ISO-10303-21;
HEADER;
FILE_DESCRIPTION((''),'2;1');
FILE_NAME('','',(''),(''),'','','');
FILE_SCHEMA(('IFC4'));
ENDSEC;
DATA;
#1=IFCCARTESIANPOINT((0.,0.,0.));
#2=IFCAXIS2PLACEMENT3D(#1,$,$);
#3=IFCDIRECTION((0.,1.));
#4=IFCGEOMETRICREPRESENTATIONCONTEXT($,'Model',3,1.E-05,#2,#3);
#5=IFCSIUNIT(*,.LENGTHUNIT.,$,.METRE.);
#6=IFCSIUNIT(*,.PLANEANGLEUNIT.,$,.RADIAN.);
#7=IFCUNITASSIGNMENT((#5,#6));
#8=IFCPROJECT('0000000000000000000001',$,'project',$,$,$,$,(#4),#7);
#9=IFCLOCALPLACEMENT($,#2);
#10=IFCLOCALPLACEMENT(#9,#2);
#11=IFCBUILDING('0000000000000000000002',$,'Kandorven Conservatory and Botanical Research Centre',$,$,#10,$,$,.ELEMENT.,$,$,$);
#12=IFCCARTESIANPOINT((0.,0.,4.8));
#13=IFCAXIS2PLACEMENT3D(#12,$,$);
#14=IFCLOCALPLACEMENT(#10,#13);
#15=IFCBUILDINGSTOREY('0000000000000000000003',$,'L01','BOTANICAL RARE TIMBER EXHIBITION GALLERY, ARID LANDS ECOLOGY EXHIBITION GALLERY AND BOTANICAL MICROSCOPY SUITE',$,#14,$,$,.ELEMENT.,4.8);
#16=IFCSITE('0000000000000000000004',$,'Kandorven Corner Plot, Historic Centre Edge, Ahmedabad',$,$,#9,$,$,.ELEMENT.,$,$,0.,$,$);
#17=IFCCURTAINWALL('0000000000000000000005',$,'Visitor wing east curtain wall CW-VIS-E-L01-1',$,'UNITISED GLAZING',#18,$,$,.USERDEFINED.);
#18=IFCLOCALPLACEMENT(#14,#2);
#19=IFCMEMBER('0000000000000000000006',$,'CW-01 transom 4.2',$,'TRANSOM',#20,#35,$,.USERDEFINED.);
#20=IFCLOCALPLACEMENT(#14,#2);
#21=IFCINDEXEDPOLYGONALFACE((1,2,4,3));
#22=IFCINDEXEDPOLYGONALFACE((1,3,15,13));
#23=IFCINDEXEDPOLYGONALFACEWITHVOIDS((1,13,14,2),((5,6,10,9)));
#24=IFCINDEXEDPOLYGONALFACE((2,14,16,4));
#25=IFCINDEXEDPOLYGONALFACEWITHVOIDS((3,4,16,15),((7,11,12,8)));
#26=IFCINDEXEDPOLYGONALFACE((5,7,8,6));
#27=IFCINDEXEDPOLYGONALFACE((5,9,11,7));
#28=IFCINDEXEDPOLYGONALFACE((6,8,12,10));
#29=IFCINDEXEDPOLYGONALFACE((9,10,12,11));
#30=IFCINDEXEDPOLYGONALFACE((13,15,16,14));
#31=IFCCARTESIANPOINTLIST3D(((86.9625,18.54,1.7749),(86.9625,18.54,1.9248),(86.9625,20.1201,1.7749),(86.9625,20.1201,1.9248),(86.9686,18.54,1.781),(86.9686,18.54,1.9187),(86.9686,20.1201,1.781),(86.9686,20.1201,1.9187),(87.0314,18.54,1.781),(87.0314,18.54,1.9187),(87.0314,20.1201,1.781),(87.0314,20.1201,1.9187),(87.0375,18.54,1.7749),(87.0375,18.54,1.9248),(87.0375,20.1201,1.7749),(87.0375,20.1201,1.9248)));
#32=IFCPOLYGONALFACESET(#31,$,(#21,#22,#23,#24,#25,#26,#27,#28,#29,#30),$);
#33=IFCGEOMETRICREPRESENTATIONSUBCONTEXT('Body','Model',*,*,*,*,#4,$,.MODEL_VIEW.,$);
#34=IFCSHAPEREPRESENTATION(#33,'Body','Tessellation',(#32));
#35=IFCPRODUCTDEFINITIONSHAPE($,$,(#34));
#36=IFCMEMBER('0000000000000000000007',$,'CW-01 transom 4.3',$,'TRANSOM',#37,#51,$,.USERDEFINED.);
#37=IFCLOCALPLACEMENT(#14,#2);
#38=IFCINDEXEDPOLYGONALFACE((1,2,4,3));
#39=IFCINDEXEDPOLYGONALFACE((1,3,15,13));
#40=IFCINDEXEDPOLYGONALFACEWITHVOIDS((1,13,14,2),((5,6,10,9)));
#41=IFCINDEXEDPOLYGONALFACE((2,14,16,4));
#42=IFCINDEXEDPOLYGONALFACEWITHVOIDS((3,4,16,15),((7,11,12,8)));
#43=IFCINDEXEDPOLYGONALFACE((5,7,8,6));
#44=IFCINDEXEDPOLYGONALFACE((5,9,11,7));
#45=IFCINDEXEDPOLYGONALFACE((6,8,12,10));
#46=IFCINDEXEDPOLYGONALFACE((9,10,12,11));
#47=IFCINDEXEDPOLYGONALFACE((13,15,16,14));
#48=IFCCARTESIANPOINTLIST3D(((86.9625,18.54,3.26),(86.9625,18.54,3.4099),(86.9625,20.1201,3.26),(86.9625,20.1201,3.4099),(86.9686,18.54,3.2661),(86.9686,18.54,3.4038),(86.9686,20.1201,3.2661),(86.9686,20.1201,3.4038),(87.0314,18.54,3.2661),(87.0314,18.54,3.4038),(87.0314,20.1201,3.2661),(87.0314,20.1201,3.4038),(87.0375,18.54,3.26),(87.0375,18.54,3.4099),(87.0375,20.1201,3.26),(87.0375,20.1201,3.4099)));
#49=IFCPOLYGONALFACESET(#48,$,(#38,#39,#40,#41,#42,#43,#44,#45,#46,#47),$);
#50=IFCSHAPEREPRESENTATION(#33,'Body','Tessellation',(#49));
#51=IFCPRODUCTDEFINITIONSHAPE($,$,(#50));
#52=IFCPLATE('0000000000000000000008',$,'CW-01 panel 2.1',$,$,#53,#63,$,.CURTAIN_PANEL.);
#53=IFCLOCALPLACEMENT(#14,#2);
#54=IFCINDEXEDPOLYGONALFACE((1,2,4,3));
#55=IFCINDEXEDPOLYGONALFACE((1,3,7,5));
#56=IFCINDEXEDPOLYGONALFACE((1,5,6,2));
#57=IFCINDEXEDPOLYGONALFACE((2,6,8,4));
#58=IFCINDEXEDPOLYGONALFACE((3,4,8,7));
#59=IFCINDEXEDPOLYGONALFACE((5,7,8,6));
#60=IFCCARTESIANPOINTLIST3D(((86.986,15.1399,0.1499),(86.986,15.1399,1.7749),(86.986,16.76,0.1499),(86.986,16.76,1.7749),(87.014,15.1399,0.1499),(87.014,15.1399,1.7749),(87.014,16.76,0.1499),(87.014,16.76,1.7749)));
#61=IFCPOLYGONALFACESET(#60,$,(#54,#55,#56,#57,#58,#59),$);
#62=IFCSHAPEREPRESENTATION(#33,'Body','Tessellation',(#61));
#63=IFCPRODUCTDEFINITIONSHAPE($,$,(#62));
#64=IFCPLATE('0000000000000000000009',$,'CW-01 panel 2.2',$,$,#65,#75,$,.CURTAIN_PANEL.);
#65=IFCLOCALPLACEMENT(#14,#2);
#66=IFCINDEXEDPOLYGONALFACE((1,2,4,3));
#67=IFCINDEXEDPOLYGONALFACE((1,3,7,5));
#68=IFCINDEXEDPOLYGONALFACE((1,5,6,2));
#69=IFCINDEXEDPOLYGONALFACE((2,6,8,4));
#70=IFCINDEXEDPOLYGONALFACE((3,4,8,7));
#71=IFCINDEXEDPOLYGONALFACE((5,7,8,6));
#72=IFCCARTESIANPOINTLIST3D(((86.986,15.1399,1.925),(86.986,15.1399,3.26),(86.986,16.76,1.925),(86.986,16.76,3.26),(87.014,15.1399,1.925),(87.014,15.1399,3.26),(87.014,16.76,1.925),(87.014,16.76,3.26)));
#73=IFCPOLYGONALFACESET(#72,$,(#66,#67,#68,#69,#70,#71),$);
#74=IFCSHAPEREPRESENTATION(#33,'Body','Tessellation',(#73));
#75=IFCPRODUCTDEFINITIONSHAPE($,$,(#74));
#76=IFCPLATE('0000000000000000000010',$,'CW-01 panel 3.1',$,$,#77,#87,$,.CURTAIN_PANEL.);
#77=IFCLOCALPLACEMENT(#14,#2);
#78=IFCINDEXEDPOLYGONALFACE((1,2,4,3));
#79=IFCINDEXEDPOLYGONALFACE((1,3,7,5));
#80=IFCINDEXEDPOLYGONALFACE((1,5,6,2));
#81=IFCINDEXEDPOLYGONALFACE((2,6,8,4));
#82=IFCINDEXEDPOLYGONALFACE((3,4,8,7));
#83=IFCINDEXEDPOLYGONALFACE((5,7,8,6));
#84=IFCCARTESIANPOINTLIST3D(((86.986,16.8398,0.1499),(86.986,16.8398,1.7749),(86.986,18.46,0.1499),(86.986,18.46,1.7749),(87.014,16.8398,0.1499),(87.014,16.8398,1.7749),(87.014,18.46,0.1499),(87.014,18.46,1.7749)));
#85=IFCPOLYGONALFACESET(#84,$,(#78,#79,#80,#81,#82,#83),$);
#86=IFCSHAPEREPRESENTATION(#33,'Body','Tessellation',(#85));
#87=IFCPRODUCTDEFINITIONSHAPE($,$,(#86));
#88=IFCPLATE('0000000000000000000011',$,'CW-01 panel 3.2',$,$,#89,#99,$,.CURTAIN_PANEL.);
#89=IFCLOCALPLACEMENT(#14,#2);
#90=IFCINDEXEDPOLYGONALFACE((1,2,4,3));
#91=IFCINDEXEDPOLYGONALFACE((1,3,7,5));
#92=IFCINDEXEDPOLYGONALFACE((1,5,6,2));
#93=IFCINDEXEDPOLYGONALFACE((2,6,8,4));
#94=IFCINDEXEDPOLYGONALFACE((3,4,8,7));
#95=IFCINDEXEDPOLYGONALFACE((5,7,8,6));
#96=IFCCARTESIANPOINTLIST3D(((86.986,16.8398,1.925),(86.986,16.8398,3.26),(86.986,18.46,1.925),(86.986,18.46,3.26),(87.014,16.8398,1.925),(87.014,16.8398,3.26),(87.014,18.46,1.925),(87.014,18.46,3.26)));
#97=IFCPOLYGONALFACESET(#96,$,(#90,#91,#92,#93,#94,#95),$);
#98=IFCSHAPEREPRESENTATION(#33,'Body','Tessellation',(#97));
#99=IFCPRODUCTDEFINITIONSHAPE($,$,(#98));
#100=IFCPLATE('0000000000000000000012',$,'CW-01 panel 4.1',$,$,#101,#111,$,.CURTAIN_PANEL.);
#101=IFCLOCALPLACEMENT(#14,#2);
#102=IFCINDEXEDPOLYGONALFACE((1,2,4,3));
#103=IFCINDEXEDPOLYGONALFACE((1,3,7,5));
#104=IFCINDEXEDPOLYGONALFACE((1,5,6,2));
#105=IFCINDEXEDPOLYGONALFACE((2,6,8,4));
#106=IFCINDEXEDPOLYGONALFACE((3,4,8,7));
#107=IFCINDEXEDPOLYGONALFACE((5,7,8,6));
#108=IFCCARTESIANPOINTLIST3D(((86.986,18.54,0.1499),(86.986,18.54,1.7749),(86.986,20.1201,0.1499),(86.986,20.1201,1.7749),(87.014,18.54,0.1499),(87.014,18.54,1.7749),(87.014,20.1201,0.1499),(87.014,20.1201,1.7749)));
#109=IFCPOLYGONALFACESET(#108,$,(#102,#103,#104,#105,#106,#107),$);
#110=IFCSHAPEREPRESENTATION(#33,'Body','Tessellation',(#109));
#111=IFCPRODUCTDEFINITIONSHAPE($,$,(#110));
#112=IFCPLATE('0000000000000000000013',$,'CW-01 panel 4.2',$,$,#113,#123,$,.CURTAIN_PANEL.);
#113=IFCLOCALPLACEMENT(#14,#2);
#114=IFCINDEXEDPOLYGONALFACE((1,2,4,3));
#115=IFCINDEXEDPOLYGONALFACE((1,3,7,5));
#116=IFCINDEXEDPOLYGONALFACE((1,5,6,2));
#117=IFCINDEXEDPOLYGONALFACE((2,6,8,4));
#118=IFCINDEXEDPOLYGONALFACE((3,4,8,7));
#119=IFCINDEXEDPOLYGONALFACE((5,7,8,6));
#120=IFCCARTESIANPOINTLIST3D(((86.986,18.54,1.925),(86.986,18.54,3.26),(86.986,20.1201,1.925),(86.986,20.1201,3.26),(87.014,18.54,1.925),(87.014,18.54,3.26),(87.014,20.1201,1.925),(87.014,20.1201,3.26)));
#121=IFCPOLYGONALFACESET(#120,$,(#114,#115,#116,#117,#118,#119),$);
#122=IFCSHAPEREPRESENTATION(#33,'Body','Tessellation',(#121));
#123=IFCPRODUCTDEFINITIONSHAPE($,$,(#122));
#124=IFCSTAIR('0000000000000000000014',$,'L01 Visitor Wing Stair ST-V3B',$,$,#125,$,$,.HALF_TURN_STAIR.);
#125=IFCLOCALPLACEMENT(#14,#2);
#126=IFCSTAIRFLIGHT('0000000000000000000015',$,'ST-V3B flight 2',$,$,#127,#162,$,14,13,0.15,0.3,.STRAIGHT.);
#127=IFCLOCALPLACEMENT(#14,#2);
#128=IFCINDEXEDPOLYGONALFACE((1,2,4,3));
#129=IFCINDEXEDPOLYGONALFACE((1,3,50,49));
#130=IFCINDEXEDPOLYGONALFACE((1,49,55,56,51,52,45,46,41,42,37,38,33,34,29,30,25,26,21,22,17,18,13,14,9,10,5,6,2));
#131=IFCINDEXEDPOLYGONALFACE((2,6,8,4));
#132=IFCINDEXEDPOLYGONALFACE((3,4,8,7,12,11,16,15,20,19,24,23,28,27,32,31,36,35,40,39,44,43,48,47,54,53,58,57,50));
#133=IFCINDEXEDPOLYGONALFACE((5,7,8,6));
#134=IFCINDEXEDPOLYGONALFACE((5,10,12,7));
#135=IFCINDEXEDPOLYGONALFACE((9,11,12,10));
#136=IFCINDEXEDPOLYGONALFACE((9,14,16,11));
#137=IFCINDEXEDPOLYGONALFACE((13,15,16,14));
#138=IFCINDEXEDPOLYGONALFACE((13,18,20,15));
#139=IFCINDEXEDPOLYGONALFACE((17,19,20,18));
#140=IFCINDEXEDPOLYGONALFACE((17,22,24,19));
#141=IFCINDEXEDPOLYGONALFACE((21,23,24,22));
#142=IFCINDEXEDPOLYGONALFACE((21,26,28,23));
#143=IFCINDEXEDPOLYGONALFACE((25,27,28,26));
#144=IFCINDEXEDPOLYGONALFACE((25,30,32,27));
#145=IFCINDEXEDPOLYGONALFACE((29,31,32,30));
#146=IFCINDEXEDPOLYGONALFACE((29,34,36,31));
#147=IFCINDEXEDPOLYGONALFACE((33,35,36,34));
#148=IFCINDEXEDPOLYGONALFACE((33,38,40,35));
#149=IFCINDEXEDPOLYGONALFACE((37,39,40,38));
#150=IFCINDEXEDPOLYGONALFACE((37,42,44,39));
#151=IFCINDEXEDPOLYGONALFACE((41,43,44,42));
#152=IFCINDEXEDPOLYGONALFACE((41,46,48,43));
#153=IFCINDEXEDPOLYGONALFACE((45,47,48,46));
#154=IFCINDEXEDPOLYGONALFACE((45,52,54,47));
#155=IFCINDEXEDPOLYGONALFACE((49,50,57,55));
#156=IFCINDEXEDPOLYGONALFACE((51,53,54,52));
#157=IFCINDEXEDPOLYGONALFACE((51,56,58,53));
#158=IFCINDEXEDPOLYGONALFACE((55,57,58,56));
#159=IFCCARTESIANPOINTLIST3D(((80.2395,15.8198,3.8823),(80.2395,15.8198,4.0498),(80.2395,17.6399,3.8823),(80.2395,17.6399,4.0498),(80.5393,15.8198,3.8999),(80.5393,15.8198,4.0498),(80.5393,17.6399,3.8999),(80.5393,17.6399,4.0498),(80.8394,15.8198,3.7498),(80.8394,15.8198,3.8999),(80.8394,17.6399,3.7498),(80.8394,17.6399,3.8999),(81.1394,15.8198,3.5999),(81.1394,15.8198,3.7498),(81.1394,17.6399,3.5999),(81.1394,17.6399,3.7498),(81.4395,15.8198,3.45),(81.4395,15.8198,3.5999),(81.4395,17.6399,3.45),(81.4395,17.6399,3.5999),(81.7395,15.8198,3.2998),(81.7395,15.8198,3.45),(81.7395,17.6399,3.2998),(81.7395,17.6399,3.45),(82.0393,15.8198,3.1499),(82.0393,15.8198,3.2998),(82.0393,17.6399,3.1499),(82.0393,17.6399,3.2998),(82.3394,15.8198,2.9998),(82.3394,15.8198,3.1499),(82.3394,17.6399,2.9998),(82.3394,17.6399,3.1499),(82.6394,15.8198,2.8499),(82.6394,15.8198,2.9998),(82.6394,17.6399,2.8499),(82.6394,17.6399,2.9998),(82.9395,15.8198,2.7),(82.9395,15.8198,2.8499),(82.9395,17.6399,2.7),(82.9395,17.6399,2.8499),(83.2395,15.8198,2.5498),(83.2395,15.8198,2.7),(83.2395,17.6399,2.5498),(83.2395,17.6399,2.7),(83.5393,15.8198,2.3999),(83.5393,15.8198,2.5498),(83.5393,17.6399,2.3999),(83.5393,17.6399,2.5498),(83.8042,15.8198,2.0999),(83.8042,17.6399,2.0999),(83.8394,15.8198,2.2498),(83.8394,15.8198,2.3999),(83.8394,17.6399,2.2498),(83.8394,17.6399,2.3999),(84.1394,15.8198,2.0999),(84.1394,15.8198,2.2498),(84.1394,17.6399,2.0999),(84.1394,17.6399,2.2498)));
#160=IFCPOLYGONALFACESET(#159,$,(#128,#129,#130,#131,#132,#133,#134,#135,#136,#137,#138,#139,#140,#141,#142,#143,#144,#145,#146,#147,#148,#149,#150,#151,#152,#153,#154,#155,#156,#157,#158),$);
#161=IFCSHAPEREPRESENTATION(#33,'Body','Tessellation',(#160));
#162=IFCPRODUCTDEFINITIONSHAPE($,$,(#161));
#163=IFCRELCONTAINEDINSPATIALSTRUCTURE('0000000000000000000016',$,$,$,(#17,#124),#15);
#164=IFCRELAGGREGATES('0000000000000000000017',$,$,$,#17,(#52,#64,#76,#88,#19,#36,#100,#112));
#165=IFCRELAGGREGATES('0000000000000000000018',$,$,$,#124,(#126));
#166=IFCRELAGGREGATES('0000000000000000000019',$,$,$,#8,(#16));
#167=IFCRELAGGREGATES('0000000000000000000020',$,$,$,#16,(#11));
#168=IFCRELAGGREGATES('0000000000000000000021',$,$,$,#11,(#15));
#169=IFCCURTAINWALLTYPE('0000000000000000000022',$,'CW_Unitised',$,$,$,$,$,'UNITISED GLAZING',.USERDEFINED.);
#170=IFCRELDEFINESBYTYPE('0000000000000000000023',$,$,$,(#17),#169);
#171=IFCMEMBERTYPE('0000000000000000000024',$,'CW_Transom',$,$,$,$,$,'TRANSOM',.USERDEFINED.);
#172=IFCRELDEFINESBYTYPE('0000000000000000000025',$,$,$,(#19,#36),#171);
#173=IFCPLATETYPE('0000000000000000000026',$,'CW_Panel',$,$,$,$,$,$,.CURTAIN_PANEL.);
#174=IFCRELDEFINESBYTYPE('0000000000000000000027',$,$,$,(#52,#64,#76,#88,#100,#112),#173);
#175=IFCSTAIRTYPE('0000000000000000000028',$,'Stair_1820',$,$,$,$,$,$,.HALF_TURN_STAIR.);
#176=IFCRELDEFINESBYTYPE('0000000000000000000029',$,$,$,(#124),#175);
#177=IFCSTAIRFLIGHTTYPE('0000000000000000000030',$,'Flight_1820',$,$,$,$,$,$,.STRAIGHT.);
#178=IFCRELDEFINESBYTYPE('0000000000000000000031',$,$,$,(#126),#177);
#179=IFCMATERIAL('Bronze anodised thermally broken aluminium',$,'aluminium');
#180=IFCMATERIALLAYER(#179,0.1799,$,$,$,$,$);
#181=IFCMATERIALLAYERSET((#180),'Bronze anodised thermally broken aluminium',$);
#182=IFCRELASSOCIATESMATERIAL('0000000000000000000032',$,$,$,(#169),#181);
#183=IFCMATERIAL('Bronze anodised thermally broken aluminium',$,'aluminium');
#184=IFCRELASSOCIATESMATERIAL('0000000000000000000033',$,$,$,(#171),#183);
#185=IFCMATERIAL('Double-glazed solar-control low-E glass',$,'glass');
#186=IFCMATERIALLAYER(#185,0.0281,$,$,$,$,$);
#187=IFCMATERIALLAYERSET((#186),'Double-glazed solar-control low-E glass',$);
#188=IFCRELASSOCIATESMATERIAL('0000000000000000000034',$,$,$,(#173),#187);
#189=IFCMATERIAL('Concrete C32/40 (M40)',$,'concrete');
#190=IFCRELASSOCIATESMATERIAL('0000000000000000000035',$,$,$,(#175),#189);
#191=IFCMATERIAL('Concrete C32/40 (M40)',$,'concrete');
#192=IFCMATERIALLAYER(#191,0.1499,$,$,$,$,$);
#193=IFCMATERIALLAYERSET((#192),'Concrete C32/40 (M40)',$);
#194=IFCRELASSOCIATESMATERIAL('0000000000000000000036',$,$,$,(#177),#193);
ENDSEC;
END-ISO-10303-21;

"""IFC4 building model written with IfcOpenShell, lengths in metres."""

from ifc_helpers import new_model, si_unit, direction, frame, origin, origin_2d, place, context, subcontext, project, spatial, polyline, rectangle, hollow_rectangle, outline, extrude, material, layer, layer_set, material_profile, profile_set, type_object, element, aggregate, save


model = new_model("IFC4")

# Units and contexts
model_context = context("Model", 3, precision=1e-05, world=origin(), true_north=direction((0.0, 1.0)))
body_context = subcontext(model_context, "Body", "Model", "MODEL_VIEW")
ifc_project = project(units=[si_unit("LENGTHUNIT", "METRE"), si_unit("PLANEANGLEUNIT", "RADIAN")], contexts=[model_context])

# Site, building, storey
site_placement = place(None, origin())
site = spatial("IfcSite", under=ifc_project, at=site_placement, Name="Kandorven Corner Plot, Historic Centre Edge, Ahmedabad", CompositionType="ELEMENT", RefElevation=0.0)
building_placement = place(site_placement, origin())
building = spatial("IfcBuilding", under=site, at=building_placement, Name="Kandorven Conservatory and Botanical Research Centre", CompositionType="ELEMENT")
storey_placement = place(building_placement, frame((0.0, 0.0, 4.8)))
storey = spatial("IfcBuildingStorey", under=building, at=storey_placement, Name="L01", Description="BOTANICAL RARE TIMBER EXHIBITION GALLERY, ARID LANDS ECOLOGY EXHIBITION GALLERY AND BOTANICAL MICROSCOPY SUITE", CompositionType="ELEMENT", Elevation=4.8)

# Curtain wall, members, plates
ifc_material_1 = material(Name="Bronze anodised thermally broken aluminium", Category="aluminium")
ifc_layer_1 = layer(ifc_material_1, 0.1799)
ifc_layer_set_1 = layer_set([ifc_layer_1], Name="Bronze anodised thermally broken aluminium")
curtain_wall_type = type_object("IfcCurtainWallType", Name="CW_Unitised", ElementType="UNITISED GLAZING", PredefinedType="USERDEFINED", material=ifc_layer_set_1)
curtain_wall_placement = place(storey_placement, origin())
curtain_wall = element("IfcCurtainWall", 1, at=curtain_wall_placement, inside=storey, type_object=curtain_wall_type, Name="Visitor wing east curtain wall CW-VIS-E-L01-1", ObjectType="UNITISED GLAZING", PredefinedType="USERDEFINED")
ifc_material_2 = material(Name="Bronze anodised thermally broken aluminium", Category="aluminium")
ifc_material_profile_1 = material_profile(ifc_material_2, hollow_rectangle(XDim=0.075, YDim=0.1499, WallThickness=0.0061, at=origin_2d()))
ifc_profile_set_1 = profile_set([ifc_material_profile_1], Name="Bronze anodised thermally broken aluminium")
member_type_1 = type_object("IfcMemberType", Name="CW_Transom", ElementType="TRANSOM", PredefinedType="USERDEFINED", material=ifc_profile_set_1)
member_1_placement = place(storey_placement, frame((87.0, 18.54, 1.8499), z_axis=(0.0, 1.0, 0.0), x_axis=(-1.0, 0.0, 0.0)))
member_1 = element("IfcMember", 2, at=member_1_placement, type_object=member_type_1, Name="CW-01 transom 4.2", ObjectType="TRANSOM", PredefinedType="USERDEFINED", context=body_context, shape_type="SweptSolid", body=[
    extrude(hollow_rectangle(XDim=0.075, YDim=0.1499, WallThickness=0.0061, at=origin_2d()), origin(), (0.0, 0.0, 1.0), 1.5801),
])
member_2_placement = place(storey_placement, frame((87.0, 18.54, 3.335), z_axis=(0.0, 1.0, 0.0), x_axis=(-1.0, 0.0, 0.0)))
member_2 = element("IfcMember", 3, at=member_2_placement, type_object=member_type_1, Name="CW-01 transom 4.3", ObjectType="TRANSOM", PredefinedType="USERDEFINED", context=body_context, shape_type="SweptSolid", body=[
    extrude(hollow_rectangle(XDim=0.075, YDim=0.1499, WallThickness=0.0061, at=origin_2d()), origin(), (0.0, 0.0, 1.0), 1.5801),
])
ifc_material_3 = material(Name="Double-glazed solar-control low-E glass", Category="glass")
ifc_layer_2 = layer(ifc_material_3, 0.0281)
ifc_layer_set_2 = layer_set([ifc_layer_2], Name="Double-glazed solar-control low-E glass")
plate_type = type_object("IfcPlateType", Name="CW_Panel", PredefinedType="CURTAIN_PANEL", material=ifc_layer_set_2)
plate_1_placement = place(storey_placement, frame((87.0, 15.95, 0.1499), z_axis=(0.0, 0.0, 1.0), x_axis=(0.0, 1.0, 0.0)))
plate_1 = element("IfcPlate", 4, at=plate_1_placement, type_object=plate_type, Name="CW-01 panel 2.1", PredefinedType="CURTAIN_PANEL", context=body_context, shape_type="SweptSolid", body=[
    extrude(rectangle(XDim=1.6201, YDim=0.0281, at=origin_2d()), origin(), (0.0, 0.0, 1.0), 1.625),
])
plate_2_placement = place(storey_placement, frame((87.0, 15.95, 1.925), z_axis=(0.0, 0.0, 1.0), x_axis=(0.0, 1.0, 0.0)))
plate_2 = element("IfcPlate", 5, at=plate_2_placement, type_object=plate_type, Name="CW-01 panel 2.2", PredefinedType="CURTAIN_PANEL", context=body_context, shape_type="SweptSolid", body=[
    extrude(rectangle(XDim=1.6201, YDim=0.0281, at=origin_2d()), origin(), (0.0, 0.0, 1.0), 1.335),
])
plate_3_placement = place(storey_placement, frame((87.0, 17.6499, 0.1499), z_axis=(0.0, 0.0, 1.0), x_axis=(0.0, 1.0, 0.0)))
plate_3 = element("IfcPlate", 6, at=plate_3_placement, type_object=plate_type, Name="CW-01 panel 3.1", PredefinedType="CURTAIN_PANEL", context=body_context, shape_type="SweptSolid", body=[
    extrude(rectangle(XDim=1.6201, YDim=0.0281, at=origin_2d()), origin(), (0.0, 0.0, 1.0), 1.625),
])
plate_4_placement = place(storey_placement, frame((87.0, 17.6499, 1.925), z_axis=(0.0, 0.0, 1.0), x_axis=(0.0, 1.0, 0.0)))
plate_4 = element("IfcPlate", 7, at=plate_4_placement, type_object=plate_type, Name="CW-01 panel 3.2", PredefinedType="CURTAIN_PANEL", context=body_context, shape_type="SweptSolid", body=[
    extrude(rectangle(XDim=1.6201, YDim=0.0281, at=origin_2d()), origin(), (0.0, 0.0, 1.0), 1.335),
])
plate_5_placement = place(storey_placement, frame((87.0, 19.3301, 0.1499), z_axis=(0.0, 0.0, 1.0), x_axis=(0.0, 1.0, 0.0)))
plate_5 = element("IfcPlate", 8, at=plate_5_placement, type_object=plate_type, Name="CW-01 panel 4.1", PredefinedType="CURTAIN_PANEL", context=body_context, shape_type="SweptSolid", body=[
    extrude(rectangle(XDim=1.5801, YDim=0.0281, at=origin_2d()), origin(), (0.0, 0.0, 1.0), 1.625),
])
plate_6_placement = place(storey_placement, frame((87.0, 19.3301, 1.925), z_axis=(0.0, 0.0, 1.0), x_axis=(0.0, 1.0, 0.0)))
plate_6 = element("IfcPlate", 9, at=plate_6_placement, type_object=plate_type, Name="CW-01 panel 4.2", PredefinedType="CURTAIN_PANEL", context=body_context, shape_type="SweptSolid", body=[
    extrude(rectangle(XDim=1.5801, YDim=0.0281, at=origin_2d()), origin(), (0.0, 0.0, 1.0), 1.335),
])
aggregate(curtain_wall, [plate_1, plate_2, plate_3, plate_4, member_1, member_2, plate_5, plate_6])

# Stair, stair flight
ifc_material_4 = material(Name="Concrete C32/40 (M40)", Category="concrete")
stair_type = type_object("IfcStairType", Name="Stair_1820", PredefinedType="HALF_TURN_STAIR", material=ifc_material_4)
stair_placement = place(storey_placement, origin())
stair = element("IfcStair", 10, at=stair_placement, inside=storey, type_object=stair_type, Name="L01 Visitor Wing Stair ST-V3B", PredefinedType="HALF_TURN_STAIR")
ifc_material_5 = material(Name="Concrete C32/40 (M40)", Category="concrete")
ifc_layer_3 = layer(ifc_material_5, 0.1499)
ifc_layer_set_3 = layer_set([ifc_layer_3], Name="Concrete C32/40 (M40)")
stair_flight_type = type_object("IfcStairFlightType", Name="Flight_1820", PredefinedType="STRAIGHT", material=ifc_layer_set_3)
stair_flight_placement = place(storey_placement, frame((84.1394, 16.73, 2.0999), z_axis=(0.0, 0.0, 1.0), x_axis=(-1.0, 0.0, 0.0)))
stair_flight = element("IfcStairFlight", 11, at=stair_flight_placement, type_object=stair_flight_type, Name="ST-V3B flight 2", NumberOfRisers=14, NumberOfTreads=13, PredefinedType="STRAIGHT", RiserHeight=0.15, TreadLength=0.3, context=body_context, shape_type="SweptSolid", body=[
    extrude(outline(polyline([(0.0, 0.0), (0.0, 0.1499), (0.3, 0.1499), (0.3, 0.3), (0.6001, 0.3), (0.6001, 0.45), (0.8999, 0.45), (0.8999, 0.6001), (1.2, 0.6001), (1.2, 0.75), (1.5, 0.75), (1.5, 0.8999), (1.8, 0.8999), (1.8, 1.05), (2.1001, 1.05), (2.1001, 1.2), (2.3999, 1.2), (2.3999, 1.3501), (2.7, 1.3501), (2.7, 1.5), (3.0, 1.5), (3.0, 1.6499), (3.3, 1.6499), (3.3, 1.8), (3.6001, 1.8), (3.6001, 1.95), (3.8999, 1.95), (3.8999, 2.1001), (3.8999, 1.7825), (0.3352, 0.0), (0.0, 0.0)])), frame((0.0, 0.9102, 0.0), z_axis=(0.0, -1.0, 0.0), x_axis=(1.0, 0.0, 0.0)), (0.0, 0.0, 1.0), 1.8201),
])
aggregate(stair, [stair_flight])

save(model, "model.ifc")
